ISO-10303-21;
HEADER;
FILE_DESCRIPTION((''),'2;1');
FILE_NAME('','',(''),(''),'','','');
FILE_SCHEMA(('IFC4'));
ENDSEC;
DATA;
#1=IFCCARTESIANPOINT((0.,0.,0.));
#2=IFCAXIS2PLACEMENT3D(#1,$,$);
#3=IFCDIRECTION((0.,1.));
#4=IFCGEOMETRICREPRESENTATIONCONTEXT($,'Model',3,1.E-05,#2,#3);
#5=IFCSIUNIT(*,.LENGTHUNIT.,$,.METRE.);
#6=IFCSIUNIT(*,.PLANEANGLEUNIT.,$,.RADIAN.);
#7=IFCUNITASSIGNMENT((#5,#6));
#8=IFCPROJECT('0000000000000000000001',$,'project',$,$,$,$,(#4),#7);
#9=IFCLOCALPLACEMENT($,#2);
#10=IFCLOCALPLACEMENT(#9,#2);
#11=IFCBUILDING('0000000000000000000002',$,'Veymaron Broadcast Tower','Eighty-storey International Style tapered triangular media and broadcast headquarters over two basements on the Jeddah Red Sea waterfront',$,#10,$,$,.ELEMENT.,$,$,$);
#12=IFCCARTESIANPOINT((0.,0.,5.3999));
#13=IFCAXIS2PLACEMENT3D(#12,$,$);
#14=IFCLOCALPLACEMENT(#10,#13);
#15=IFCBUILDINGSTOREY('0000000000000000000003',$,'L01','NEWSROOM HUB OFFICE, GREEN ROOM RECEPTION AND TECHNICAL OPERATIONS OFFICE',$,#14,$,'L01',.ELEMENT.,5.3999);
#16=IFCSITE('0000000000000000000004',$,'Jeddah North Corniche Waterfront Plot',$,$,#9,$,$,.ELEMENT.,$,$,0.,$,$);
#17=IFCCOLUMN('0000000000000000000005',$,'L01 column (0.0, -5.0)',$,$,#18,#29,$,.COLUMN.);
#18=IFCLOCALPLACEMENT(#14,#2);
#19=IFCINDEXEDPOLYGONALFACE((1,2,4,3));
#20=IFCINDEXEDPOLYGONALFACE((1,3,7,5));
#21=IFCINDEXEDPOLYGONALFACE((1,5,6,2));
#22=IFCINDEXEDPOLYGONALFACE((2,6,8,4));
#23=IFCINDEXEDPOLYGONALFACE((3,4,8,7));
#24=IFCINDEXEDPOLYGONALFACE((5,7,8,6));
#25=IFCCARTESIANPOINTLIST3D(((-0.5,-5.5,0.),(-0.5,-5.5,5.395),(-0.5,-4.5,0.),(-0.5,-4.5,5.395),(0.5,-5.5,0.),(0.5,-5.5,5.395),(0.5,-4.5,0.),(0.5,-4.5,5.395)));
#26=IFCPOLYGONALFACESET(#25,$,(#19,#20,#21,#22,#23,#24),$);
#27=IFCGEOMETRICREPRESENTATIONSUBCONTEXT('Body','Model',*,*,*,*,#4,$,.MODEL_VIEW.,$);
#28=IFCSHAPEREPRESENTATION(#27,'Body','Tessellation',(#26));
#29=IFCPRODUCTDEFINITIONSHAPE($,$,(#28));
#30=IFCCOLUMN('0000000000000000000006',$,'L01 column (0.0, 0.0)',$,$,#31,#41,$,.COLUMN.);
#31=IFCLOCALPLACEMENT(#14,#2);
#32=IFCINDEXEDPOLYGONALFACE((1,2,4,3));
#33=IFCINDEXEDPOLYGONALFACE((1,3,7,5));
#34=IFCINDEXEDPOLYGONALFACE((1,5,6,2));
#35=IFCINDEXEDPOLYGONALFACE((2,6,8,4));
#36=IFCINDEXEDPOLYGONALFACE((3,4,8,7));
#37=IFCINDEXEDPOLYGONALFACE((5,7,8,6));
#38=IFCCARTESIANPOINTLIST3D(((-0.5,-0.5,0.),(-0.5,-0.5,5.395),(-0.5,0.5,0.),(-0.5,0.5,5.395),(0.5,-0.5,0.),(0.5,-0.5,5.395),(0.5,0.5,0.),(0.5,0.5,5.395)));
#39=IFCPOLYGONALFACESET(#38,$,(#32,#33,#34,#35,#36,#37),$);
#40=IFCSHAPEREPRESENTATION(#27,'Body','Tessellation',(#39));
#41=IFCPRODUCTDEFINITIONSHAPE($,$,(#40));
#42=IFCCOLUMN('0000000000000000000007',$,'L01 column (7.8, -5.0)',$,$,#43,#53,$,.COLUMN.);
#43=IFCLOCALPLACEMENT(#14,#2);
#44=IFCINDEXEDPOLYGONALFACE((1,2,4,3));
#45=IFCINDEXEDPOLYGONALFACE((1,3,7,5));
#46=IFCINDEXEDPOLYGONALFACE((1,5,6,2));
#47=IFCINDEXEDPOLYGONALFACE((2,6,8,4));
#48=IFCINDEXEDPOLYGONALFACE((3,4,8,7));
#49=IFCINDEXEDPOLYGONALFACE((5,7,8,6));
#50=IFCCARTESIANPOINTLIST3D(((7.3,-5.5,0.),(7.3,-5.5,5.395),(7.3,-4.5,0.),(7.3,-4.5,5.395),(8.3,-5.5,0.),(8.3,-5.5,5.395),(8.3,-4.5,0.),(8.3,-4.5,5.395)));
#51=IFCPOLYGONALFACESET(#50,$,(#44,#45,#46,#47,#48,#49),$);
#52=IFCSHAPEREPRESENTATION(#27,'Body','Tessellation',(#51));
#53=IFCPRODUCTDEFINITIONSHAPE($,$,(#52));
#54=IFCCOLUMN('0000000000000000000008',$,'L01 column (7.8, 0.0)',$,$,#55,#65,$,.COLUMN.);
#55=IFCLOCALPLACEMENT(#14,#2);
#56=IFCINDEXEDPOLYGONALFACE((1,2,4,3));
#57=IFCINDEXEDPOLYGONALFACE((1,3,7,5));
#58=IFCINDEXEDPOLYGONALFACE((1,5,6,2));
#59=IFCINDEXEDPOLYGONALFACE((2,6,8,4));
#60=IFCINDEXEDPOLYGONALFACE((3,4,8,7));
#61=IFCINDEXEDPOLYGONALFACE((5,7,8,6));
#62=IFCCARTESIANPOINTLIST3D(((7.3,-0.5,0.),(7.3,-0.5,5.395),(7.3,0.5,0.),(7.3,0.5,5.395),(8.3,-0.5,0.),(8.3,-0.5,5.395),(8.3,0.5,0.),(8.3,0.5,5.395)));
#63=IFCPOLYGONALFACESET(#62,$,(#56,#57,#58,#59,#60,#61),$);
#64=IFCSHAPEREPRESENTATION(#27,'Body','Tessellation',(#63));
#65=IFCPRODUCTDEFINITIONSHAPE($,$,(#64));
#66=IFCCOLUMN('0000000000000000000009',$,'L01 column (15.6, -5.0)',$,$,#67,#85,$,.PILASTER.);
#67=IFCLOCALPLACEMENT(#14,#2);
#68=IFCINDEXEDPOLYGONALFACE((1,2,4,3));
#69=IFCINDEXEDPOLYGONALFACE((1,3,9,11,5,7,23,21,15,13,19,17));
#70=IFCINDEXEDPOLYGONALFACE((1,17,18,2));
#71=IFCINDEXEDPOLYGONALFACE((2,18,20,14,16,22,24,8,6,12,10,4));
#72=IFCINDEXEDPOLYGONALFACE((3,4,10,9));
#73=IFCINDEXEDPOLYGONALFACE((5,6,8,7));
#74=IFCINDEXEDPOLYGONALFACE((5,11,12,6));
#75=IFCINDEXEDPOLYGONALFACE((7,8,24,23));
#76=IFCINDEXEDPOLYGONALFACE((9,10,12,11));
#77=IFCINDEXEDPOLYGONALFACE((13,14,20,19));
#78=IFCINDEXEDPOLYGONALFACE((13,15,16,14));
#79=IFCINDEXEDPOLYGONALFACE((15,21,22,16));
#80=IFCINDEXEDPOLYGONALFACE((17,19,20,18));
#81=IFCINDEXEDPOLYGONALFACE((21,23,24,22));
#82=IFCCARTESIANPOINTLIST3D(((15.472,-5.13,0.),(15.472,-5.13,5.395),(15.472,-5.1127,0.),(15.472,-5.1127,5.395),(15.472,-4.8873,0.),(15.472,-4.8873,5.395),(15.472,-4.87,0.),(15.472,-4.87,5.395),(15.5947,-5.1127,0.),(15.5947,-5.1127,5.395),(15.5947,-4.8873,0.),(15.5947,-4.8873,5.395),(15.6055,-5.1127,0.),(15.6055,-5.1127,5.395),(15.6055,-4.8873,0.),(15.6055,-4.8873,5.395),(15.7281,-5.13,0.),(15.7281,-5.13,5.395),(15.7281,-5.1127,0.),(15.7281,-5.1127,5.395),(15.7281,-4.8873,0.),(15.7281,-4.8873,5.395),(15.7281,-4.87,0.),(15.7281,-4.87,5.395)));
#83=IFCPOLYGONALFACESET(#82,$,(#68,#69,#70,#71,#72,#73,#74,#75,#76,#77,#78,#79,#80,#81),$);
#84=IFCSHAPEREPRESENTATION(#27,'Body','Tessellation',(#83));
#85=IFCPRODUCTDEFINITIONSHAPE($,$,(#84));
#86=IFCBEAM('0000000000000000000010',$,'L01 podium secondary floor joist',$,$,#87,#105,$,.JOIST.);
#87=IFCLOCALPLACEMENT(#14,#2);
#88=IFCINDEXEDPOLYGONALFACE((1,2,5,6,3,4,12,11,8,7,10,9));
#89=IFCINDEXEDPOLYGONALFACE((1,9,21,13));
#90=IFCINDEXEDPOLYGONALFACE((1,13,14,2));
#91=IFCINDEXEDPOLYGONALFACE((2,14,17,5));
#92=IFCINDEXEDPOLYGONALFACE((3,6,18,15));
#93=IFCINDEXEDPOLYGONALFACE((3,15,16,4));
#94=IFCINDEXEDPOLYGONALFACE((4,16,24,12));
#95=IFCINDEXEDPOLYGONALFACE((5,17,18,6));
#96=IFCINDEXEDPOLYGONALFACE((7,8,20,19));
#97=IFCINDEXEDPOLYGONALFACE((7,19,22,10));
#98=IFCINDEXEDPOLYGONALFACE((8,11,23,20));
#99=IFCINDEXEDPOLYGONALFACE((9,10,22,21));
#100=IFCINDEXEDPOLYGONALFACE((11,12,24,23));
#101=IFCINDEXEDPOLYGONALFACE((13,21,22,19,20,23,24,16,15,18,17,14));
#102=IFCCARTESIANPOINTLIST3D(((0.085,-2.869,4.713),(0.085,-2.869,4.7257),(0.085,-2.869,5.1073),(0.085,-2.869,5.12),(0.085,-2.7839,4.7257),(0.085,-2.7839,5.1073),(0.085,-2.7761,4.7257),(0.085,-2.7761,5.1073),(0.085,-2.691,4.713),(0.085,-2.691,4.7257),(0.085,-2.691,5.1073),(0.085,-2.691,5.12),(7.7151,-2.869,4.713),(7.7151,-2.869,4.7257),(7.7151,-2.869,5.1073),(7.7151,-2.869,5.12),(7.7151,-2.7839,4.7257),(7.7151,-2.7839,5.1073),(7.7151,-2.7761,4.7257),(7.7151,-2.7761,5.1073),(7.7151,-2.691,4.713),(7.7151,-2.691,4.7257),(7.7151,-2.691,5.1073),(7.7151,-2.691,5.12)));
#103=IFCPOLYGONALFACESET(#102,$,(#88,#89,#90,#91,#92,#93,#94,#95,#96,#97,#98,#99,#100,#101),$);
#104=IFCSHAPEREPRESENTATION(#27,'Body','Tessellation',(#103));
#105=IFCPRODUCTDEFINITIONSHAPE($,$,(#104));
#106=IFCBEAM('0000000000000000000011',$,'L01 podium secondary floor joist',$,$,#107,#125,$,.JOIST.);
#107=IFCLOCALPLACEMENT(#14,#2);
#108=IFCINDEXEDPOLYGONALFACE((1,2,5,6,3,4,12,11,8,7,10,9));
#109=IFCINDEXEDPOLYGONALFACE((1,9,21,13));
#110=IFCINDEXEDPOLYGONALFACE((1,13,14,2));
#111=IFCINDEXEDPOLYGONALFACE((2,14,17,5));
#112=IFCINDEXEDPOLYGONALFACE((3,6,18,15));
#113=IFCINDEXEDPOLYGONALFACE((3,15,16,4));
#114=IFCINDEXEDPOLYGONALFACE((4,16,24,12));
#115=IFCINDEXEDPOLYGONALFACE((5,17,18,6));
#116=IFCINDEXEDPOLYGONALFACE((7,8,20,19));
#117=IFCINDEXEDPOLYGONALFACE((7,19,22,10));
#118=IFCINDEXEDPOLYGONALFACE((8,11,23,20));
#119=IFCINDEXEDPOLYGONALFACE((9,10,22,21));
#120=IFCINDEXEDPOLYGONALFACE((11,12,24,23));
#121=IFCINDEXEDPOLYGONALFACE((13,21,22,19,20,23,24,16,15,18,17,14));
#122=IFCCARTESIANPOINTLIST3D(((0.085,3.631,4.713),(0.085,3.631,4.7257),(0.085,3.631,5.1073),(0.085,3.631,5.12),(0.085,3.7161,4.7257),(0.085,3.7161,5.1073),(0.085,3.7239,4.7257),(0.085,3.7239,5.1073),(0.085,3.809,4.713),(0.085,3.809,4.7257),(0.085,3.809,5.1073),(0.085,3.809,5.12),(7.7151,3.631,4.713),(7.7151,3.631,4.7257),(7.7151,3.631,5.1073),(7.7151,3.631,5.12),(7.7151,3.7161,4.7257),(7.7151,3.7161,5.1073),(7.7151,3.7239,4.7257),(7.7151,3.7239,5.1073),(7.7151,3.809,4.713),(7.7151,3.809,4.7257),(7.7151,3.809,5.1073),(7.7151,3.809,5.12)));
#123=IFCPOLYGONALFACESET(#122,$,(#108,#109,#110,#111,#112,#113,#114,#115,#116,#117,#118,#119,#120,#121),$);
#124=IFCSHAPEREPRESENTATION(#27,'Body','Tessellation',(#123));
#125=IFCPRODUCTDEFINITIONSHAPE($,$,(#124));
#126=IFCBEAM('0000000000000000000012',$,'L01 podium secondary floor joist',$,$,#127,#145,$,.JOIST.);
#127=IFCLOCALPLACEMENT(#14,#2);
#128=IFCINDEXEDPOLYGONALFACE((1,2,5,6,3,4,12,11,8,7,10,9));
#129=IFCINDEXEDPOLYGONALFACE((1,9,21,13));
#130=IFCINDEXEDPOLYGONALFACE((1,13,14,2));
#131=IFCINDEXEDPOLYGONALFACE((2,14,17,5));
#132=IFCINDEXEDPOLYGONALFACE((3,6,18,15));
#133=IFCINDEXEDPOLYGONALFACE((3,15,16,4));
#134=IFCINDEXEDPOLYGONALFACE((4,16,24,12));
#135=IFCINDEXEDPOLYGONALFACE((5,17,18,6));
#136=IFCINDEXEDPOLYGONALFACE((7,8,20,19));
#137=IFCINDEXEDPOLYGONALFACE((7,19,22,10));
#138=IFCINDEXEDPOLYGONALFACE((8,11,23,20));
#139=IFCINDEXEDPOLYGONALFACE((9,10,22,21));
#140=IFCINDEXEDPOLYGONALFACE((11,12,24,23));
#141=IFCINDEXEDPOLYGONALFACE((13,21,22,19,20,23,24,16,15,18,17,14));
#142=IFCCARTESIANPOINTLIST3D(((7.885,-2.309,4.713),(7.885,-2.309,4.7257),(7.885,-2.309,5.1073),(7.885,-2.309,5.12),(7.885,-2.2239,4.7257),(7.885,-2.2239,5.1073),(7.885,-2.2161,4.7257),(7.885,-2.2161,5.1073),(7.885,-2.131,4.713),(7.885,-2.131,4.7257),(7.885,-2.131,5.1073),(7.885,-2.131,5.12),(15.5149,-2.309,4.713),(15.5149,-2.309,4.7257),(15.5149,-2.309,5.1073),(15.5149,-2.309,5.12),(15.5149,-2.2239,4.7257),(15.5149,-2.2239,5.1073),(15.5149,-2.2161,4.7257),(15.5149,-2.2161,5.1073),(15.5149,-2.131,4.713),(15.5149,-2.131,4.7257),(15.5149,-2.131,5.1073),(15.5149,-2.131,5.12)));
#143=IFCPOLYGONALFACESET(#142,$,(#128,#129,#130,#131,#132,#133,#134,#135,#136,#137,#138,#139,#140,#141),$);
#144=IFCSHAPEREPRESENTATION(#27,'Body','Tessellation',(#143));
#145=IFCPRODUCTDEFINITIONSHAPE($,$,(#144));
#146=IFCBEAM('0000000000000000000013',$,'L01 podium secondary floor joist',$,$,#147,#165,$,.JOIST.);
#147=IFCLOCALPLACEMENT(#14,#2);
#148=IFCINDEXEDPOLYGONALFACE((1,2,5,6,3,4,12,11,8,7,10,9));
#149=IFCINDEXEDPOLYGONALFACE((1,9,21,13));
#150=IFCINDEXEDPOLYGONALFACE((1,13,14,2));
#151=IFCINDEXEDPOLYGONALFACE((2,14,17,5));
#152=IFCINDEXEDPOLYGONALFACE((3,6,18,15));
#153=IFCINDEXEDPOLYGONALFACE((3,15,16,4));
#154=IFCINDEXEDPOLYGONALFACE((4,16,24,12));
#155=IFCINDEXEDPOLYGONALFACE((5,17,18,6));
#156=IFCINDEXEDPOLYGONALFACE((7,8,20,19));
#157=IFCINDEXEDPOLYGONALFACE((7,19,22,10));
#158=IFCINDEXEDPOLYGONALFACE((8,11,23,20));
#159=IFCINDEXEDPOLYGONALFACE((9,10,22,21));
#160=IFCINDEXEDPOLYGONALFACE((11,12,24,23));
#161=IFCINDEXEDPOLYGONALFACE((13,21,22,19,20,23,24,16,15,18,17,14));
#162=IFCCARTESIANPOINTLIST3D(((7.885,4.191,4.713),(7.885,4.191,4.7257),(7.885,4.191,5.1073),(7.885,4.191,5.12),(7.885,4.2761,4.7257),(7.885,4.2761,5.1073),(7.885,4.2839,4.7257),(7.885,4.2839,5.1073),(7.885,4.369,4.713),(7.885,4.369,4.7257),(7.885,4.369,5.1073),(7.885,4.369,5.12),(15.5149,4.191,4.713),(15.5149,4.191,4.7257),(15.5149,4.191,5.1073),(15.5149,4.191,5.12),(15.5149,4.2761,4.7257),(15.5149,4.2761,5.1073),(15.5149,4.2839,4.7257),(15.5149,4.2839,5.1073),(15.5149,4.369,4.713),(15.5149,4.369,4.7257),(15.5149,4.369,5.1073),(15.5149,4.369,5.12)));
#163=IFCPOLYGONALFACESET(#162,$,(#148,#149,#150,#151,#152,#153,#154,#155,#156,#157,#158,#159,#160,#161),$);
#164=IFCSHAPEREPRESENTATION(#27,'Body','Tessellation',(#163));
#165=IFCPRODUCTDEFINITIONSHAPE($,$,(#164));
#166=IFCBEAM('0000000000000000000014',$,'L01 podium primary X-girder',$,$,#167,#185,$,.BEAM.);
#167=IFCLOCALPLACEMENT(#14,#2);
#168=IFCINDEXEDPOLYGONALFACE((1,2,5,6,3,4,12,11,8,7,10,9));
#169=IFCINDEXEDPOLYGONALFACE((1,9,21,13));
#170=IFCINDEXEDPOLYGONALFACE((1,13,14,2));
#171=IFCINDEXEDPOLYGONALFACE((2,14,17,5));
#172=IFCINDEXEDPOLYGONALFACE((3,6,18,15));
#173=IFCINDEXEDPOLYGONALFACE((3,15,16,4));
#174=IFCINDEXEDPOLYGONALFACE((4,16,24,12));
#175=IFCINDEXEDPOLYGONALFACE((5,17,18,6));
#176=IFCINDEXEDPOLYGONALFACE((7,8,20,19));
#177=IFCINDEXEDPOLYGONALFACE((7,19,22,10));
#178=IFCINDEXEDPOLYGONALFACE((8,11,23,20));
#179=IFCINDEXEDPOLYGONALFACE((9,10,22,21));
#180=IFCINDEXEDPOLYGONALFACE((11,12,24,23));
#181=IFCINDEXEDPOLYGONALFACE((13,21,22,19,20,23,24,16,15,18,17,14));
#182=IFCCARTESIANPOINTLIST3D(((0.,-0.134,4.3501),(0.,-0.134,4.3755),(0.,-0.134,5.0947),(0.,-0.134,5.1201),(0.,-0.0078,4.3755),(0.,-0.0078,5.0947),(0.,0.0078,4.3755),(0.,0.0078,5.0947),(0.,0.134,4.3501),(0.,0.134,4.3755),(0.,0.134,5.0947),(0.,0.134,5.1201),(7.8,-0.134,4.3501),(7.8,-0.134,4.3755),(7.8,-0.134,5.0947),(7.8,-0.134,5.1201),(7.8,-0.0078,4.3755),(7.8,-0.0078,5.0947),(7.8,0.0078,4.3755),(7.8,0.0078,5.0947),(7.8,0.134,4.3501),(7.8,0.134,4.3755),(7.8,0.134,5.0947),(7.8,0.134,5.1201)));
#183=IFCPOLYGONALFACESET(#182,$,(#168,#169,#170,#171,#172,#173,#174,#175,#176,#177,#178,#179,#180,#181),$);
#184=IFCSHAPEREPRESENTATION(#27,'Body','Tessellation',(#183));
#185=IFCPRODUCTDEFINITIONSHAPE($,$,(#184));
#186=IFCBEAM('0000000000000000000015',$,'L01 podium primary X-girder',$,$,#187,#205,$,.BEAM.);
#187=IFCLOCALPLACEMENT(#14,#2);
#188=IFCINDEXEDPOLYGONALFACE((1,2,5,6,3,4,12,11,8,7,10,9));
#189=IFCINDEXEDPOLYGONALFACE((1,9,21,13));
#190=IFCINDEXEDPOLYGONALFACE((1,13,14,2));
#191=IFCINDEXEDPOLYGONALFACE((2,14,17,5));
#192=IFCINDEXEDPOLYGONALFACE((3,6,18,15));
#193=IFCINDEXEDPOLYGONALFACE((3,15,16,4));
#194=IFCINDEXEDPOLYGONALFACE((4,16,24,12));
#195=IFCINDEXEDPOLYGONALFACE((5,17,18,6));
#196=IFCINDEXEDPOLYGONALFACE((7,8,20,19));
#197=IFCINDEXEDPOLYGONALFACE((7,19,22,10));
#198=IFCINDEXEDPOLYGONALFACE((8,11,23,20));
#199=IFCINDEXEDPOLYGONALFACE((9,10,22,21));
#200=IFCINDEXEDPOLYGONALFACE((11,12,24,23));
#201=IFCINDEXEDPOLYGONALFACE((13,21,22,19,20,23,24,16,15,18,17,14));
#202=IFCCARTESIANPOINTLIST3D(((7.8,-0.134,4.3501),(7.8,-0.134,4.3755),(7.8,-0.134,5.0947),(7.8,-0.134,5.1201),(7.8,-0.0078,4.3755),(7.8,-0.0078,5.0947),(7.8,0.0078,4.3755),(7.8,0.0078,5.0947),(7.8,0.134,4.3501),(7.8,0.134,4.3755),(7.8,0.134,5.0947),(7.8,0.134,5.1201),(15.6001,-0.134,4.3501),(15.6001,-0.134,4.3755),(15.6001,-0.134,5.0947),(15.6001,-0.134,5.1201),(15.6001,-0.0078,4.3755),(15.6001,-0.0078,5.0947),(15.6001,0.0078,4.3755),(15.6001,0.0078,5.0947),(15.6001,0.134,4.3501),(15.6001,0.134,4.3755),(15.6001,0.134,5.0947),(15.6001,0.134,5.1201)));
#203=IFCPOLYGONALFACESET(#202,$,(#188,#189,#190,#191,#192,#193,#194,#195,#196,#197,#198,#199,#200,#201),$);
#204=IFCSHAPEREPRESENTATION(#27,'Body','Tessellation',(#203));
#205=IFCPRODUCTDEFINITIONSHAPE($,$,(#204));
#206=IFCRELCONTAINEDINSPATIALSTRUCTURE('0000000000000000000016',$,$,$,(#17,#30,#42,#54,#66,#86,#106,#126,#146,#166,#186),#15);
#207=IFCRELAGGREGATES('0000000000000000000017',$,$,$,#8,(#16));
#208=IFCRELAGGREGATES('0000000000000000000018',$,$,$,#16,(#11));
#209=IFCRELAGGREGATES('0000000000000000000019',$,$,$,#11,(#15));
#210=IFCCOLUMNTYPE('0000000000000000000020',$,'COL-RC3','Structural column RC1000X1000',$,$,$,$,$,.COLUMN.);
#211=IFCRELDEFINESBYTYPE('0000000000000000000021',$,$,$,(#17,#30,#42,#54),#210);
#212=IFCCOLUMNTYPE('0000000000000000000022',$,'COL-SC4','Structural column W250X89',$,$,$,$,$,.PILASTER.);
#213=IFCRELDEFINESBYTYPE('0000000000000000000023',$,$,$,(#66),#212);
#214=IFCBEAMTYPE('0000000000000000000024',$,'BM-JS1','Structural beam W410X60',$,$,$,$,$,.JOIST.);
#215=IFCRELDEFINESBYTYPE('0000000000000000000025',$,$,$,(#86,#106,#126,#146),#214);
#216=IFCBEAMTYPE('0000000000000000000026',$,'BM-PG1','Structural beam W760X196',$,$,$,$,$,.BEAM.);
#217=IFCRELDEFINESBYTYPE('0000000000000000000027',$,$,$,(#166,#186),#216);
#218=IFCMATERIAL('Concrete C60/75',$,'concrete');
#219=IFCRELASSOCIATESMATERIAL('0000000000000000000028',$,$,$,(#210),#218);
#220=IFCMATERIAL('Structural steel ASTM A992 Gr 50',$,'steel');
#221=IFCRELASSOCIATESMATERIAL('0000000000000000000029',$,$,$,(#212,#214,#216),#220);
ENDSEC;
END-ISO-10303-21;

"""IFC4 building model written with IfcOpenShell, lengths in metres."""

from ifc_helpers import new_model, si_unit, direction, frame, origin, origin_2d, place, context, subcontext, project, spatial, rectangle, i_section, extrude, material, material_profile, profile_set, type_object, element, save


model = new_model("IFC4")

# Units and contexts
model_context = context("Model", 3, precision=1e-05, world=origin(), true_north=direction((0.0, 1.0)))
body_context = subcontext(model_context, "Body", "Model", "MODEL_VIEW")
ifc_project = project(units=[si_unit("LENGTHUNIT", "METRE"), si_unit("PLANEANGLEUNIT", "RADIAN")], contexts=[model_context])

# Site, building, storey
site_placement = place(None, origin())
site = spatial("IfcSite", under=ifc_project, at=site_placement, Name="Jeddah North Corniche Waterfront Plot", CompositionType="ELEMENT", RefElevation=0.0)
building_placement = place(site_placement, origin())
building = spatial("IfcBuilding", under=site, at=building_placement, Name="Veymaron Broadcast Tower", Description="Eighty-storey International Style tapered triangular media and broadcast headquarters over two basements on the Jeddah Red Sea waterfront", CompositionType="ELEMENT")
storey_placement = place(building_placement, frame((0.0, 0.0, 5.3999)))
storey = spatial("IfcBuildingStorey", under=building, at=storey_placement, Name="L01", Description="NEWSROOM HUB OFFICE, GREEN ROOM RECEPTION AND TECHNICAL OPERATIONS OFFICE", LongName="L01", CompositionType="ELEMENT", Elevation=5.3999)

# Columns
ifc_material_1 = material(Name="Concrete C60/75", Category="concrete")
ifc_material_profile_1 = material_profile(ifc_material_1, rectangle(XDim=1.0, YDim=1.0, at=origin_2d()), Name="RC1000X1000")
ifc_profile_set_1 = profile_set([ifc_material_profile_1], Name="Concrete C60/75")
column_type_1 = type_object("IfcColumnType", Name="COL-RC3", Description="Structural column RC1000X1000", PredefinedType="COLUMN", material=ifc_profile_set_1)
for number, where, z_axis, x_axis, name in (
    (1, (0.0, -5.0, 0.0), (0.0, 0.0, 1.0), (1.0, 0.0, 0.0), "L01 column (0.0, -5.0)"),
    (2, (0.0, 0.0, 0.0), (0.0, 0.0, 1.0), (1.0, 0.0, 0.0), "L01 column (0.0, 0.0)"),
    (3, (7.8, -5.0, 0.0), (0.0, 0.0, 1.0), (1.0, 0.0, 0.0), "L01 column (7.8, -5.0)"),
    (4, (7.8, 0.0, 0.0), (0.0, 0.0, 1.0), (1.0, 0.0, 0.0), "L01 column (7.8, 0.0)"),
):
    element("IfcColumn", number, at=place(storey_placement, frame(where, z_axis=z_axis, x_axis=x_axis)), inside=storey, type_object=column_type_1, Name=name, PredefinedType="COLUMN", context=body_context, shape_type="SweptSolid", body=[
        extrude(rectangle(XDim=1.0, YDim=1.0, at=origin_2d()), origin(), (0.0, 0.0, 1.0), 5.395),
    ])
ifc_material_2 = material(Name="Structural steel ASTM A992 Gr 50", Category="steel")
ifc_material_profile_2 = material_profile(ifc_material_2, i_section(OverallWidth=0.2561, OverallDepth=0.26, WebThickness=0.0107, FlangeThickness=0.0173, at=origin_2d()), Name="W250X89")
ifc_profile_set_2 = profile_set([ifc_material_profile_2], Name="Structural steel ASTM A992 Gr 50")
column_type_2 = type_object("IfcColumnType", Name="COL-SC4", Description="Structural column W250X89", PredefinedType="PILASTER", material=ifc_profile_set_2)
column_placement = place(storey_placement, frame((15.6001, -5.0, 0.0), z_axis=(0.0, 0.0, 1.0), x_axis=(1.0, 0.0, 0.0)))
element("IfcColumn", 5, at=column_placement, inside=storey, type_object=column_type_2, Name="L01 column (15.6, -5.0)", PredefinedType="PILASTER", context=body_context, shape_type="SweptSolid", body=[
    extrude(i_section(OverallWidth=0.2561, OverallDepth=0.26, WebThickness=0.0107, FlangeThickness=0.0173, at=origin_2d()), origin(), (0.0, 0.0, 1.0), 5.395),
])

# Beams
ifc_material_profile_3 = material_profile(ifc_material_2, i_section(OverallWidth=0.178, OverallDepth=0.407, WebThickness=0.0078, FlangeThickness=0.0127, at=origin_2d()), Name="W410X60")
ifc_profile_set_3 = profile_set([ifc_material_profile_3], Name="Structural steel ASTM A992 Gr 50")
beam_type_1 = type_object("IfcBeamType", Name="BM-JS1", Description="Structural beam W410X60", PredefinedType="JOIST", material=ifc_profile_set_3)
for number, where, z_axis, x_axis, name in (
    (6, (0.085, -2.78, 4.9165), (1.0, 0.0, 0.0), (0.0, 1.0, 0.0), "L01 podium secondary floor joist"),
    (7, (0.085, 3.72, 4.9165), (1.0, 0.0, 0.0), (0.0, 1.0, 0.0), "L01 podium secondary floor joist"),
):
    element("IfcBeam", number, at=place(storey_placement, frame(where, z_axis=z_axis, x_axis=x_axis)), inside=storey, type_object=beam_type_1, Name=name, PredefinedType="JOIST", context=body_context, shape_type="SweptSolid", body=[
        extrude(i_section(OverallWidth=0.178, OverallDepth=0.407, WebThickness=0.0078, FlangeThickness=0.0127, at=origin_2d()), origin(), (0.0, 0.0, 1.0), 7.6301),
    ])
for number, where, z_axis, x_axis, name in (
    (8, (7.885, -2.22, 4.9165), (1.0, 0.0, 0.0), (0.0, 1.0, 0.0), "L01 podium secondary floor joist"),
    (9, (7.885, 4.28, 4.9165), (1.0, 0.0, 0.0), (0.0, 1.0, 0.0), "L01 podium secondary floor joist"),
):
    element("IfcBeam", number, at=place(storey_placement, frame(where, z_axis=z_axis, x_axis=x_axis)), inside=storey, type_object=beam_type_1, Name=name, PredefinedType="JOIST", context=body_context, shape_type="SweptSolid", body=[
        extrude(i_section(OverallWidth=0.178, OverallDepth=0.407, WebThickness=0.0078, FlangeThickness=0.0127, at=origin_2d()), origin(), (0.0, 0.0, 1.0), 7.6299),
    ])
ifc_material_profile_4 = material_profile(ifc_material_2, i_section(OverallWidth=0.2681, OverallDepth=0.77, WebThickness=0.0156, FlangeThickness=0.0254, at=origin_2d()), Name="W760X196")
ifc_profile_set_4 = profile_set([ifc_material_profile_4], Name="Structural steel ASTM A992 Gr 50")
beam_type_2 = type_object("IfcBeamType", Name="BM-PG1", Description="Structural beam W760X196", PredefinedType="BEAM", material=ifc_profile_set_4)
for number, where, z_axis, x_axis, name in (
    (10, (0.0, 0.0, 4.7351), (1.0, 0.0, 0.0), (0.0, 1.0, 0.0), "L01 podium primary X-girder"),
    (11, (7.8, 0.0, 4.7351), (1.0, 0.0, 0.0), (0.0, 1.0, 0.0), "L01 podium primary X-girder"),
):
    element("IfcBeam", number, at=place(storey_placement, frame(where, z_axis=z_axis, x_axis=x_axis)), inside=storey, type_object=beam_type_2, Name=name, PredefinedType="BEAM", context=body_context, shape_type="SweptSolid", body=[
        extrude(i_section(OverallWidth=0.2681, OverallDepth=0.77, WebThickness=0.0156, FlangeThickness=0.0254, at=origin_2d()), origin(), (0.0, 0.0, 1.0), 7.8),
    ])

save(model, "model.ifc")
